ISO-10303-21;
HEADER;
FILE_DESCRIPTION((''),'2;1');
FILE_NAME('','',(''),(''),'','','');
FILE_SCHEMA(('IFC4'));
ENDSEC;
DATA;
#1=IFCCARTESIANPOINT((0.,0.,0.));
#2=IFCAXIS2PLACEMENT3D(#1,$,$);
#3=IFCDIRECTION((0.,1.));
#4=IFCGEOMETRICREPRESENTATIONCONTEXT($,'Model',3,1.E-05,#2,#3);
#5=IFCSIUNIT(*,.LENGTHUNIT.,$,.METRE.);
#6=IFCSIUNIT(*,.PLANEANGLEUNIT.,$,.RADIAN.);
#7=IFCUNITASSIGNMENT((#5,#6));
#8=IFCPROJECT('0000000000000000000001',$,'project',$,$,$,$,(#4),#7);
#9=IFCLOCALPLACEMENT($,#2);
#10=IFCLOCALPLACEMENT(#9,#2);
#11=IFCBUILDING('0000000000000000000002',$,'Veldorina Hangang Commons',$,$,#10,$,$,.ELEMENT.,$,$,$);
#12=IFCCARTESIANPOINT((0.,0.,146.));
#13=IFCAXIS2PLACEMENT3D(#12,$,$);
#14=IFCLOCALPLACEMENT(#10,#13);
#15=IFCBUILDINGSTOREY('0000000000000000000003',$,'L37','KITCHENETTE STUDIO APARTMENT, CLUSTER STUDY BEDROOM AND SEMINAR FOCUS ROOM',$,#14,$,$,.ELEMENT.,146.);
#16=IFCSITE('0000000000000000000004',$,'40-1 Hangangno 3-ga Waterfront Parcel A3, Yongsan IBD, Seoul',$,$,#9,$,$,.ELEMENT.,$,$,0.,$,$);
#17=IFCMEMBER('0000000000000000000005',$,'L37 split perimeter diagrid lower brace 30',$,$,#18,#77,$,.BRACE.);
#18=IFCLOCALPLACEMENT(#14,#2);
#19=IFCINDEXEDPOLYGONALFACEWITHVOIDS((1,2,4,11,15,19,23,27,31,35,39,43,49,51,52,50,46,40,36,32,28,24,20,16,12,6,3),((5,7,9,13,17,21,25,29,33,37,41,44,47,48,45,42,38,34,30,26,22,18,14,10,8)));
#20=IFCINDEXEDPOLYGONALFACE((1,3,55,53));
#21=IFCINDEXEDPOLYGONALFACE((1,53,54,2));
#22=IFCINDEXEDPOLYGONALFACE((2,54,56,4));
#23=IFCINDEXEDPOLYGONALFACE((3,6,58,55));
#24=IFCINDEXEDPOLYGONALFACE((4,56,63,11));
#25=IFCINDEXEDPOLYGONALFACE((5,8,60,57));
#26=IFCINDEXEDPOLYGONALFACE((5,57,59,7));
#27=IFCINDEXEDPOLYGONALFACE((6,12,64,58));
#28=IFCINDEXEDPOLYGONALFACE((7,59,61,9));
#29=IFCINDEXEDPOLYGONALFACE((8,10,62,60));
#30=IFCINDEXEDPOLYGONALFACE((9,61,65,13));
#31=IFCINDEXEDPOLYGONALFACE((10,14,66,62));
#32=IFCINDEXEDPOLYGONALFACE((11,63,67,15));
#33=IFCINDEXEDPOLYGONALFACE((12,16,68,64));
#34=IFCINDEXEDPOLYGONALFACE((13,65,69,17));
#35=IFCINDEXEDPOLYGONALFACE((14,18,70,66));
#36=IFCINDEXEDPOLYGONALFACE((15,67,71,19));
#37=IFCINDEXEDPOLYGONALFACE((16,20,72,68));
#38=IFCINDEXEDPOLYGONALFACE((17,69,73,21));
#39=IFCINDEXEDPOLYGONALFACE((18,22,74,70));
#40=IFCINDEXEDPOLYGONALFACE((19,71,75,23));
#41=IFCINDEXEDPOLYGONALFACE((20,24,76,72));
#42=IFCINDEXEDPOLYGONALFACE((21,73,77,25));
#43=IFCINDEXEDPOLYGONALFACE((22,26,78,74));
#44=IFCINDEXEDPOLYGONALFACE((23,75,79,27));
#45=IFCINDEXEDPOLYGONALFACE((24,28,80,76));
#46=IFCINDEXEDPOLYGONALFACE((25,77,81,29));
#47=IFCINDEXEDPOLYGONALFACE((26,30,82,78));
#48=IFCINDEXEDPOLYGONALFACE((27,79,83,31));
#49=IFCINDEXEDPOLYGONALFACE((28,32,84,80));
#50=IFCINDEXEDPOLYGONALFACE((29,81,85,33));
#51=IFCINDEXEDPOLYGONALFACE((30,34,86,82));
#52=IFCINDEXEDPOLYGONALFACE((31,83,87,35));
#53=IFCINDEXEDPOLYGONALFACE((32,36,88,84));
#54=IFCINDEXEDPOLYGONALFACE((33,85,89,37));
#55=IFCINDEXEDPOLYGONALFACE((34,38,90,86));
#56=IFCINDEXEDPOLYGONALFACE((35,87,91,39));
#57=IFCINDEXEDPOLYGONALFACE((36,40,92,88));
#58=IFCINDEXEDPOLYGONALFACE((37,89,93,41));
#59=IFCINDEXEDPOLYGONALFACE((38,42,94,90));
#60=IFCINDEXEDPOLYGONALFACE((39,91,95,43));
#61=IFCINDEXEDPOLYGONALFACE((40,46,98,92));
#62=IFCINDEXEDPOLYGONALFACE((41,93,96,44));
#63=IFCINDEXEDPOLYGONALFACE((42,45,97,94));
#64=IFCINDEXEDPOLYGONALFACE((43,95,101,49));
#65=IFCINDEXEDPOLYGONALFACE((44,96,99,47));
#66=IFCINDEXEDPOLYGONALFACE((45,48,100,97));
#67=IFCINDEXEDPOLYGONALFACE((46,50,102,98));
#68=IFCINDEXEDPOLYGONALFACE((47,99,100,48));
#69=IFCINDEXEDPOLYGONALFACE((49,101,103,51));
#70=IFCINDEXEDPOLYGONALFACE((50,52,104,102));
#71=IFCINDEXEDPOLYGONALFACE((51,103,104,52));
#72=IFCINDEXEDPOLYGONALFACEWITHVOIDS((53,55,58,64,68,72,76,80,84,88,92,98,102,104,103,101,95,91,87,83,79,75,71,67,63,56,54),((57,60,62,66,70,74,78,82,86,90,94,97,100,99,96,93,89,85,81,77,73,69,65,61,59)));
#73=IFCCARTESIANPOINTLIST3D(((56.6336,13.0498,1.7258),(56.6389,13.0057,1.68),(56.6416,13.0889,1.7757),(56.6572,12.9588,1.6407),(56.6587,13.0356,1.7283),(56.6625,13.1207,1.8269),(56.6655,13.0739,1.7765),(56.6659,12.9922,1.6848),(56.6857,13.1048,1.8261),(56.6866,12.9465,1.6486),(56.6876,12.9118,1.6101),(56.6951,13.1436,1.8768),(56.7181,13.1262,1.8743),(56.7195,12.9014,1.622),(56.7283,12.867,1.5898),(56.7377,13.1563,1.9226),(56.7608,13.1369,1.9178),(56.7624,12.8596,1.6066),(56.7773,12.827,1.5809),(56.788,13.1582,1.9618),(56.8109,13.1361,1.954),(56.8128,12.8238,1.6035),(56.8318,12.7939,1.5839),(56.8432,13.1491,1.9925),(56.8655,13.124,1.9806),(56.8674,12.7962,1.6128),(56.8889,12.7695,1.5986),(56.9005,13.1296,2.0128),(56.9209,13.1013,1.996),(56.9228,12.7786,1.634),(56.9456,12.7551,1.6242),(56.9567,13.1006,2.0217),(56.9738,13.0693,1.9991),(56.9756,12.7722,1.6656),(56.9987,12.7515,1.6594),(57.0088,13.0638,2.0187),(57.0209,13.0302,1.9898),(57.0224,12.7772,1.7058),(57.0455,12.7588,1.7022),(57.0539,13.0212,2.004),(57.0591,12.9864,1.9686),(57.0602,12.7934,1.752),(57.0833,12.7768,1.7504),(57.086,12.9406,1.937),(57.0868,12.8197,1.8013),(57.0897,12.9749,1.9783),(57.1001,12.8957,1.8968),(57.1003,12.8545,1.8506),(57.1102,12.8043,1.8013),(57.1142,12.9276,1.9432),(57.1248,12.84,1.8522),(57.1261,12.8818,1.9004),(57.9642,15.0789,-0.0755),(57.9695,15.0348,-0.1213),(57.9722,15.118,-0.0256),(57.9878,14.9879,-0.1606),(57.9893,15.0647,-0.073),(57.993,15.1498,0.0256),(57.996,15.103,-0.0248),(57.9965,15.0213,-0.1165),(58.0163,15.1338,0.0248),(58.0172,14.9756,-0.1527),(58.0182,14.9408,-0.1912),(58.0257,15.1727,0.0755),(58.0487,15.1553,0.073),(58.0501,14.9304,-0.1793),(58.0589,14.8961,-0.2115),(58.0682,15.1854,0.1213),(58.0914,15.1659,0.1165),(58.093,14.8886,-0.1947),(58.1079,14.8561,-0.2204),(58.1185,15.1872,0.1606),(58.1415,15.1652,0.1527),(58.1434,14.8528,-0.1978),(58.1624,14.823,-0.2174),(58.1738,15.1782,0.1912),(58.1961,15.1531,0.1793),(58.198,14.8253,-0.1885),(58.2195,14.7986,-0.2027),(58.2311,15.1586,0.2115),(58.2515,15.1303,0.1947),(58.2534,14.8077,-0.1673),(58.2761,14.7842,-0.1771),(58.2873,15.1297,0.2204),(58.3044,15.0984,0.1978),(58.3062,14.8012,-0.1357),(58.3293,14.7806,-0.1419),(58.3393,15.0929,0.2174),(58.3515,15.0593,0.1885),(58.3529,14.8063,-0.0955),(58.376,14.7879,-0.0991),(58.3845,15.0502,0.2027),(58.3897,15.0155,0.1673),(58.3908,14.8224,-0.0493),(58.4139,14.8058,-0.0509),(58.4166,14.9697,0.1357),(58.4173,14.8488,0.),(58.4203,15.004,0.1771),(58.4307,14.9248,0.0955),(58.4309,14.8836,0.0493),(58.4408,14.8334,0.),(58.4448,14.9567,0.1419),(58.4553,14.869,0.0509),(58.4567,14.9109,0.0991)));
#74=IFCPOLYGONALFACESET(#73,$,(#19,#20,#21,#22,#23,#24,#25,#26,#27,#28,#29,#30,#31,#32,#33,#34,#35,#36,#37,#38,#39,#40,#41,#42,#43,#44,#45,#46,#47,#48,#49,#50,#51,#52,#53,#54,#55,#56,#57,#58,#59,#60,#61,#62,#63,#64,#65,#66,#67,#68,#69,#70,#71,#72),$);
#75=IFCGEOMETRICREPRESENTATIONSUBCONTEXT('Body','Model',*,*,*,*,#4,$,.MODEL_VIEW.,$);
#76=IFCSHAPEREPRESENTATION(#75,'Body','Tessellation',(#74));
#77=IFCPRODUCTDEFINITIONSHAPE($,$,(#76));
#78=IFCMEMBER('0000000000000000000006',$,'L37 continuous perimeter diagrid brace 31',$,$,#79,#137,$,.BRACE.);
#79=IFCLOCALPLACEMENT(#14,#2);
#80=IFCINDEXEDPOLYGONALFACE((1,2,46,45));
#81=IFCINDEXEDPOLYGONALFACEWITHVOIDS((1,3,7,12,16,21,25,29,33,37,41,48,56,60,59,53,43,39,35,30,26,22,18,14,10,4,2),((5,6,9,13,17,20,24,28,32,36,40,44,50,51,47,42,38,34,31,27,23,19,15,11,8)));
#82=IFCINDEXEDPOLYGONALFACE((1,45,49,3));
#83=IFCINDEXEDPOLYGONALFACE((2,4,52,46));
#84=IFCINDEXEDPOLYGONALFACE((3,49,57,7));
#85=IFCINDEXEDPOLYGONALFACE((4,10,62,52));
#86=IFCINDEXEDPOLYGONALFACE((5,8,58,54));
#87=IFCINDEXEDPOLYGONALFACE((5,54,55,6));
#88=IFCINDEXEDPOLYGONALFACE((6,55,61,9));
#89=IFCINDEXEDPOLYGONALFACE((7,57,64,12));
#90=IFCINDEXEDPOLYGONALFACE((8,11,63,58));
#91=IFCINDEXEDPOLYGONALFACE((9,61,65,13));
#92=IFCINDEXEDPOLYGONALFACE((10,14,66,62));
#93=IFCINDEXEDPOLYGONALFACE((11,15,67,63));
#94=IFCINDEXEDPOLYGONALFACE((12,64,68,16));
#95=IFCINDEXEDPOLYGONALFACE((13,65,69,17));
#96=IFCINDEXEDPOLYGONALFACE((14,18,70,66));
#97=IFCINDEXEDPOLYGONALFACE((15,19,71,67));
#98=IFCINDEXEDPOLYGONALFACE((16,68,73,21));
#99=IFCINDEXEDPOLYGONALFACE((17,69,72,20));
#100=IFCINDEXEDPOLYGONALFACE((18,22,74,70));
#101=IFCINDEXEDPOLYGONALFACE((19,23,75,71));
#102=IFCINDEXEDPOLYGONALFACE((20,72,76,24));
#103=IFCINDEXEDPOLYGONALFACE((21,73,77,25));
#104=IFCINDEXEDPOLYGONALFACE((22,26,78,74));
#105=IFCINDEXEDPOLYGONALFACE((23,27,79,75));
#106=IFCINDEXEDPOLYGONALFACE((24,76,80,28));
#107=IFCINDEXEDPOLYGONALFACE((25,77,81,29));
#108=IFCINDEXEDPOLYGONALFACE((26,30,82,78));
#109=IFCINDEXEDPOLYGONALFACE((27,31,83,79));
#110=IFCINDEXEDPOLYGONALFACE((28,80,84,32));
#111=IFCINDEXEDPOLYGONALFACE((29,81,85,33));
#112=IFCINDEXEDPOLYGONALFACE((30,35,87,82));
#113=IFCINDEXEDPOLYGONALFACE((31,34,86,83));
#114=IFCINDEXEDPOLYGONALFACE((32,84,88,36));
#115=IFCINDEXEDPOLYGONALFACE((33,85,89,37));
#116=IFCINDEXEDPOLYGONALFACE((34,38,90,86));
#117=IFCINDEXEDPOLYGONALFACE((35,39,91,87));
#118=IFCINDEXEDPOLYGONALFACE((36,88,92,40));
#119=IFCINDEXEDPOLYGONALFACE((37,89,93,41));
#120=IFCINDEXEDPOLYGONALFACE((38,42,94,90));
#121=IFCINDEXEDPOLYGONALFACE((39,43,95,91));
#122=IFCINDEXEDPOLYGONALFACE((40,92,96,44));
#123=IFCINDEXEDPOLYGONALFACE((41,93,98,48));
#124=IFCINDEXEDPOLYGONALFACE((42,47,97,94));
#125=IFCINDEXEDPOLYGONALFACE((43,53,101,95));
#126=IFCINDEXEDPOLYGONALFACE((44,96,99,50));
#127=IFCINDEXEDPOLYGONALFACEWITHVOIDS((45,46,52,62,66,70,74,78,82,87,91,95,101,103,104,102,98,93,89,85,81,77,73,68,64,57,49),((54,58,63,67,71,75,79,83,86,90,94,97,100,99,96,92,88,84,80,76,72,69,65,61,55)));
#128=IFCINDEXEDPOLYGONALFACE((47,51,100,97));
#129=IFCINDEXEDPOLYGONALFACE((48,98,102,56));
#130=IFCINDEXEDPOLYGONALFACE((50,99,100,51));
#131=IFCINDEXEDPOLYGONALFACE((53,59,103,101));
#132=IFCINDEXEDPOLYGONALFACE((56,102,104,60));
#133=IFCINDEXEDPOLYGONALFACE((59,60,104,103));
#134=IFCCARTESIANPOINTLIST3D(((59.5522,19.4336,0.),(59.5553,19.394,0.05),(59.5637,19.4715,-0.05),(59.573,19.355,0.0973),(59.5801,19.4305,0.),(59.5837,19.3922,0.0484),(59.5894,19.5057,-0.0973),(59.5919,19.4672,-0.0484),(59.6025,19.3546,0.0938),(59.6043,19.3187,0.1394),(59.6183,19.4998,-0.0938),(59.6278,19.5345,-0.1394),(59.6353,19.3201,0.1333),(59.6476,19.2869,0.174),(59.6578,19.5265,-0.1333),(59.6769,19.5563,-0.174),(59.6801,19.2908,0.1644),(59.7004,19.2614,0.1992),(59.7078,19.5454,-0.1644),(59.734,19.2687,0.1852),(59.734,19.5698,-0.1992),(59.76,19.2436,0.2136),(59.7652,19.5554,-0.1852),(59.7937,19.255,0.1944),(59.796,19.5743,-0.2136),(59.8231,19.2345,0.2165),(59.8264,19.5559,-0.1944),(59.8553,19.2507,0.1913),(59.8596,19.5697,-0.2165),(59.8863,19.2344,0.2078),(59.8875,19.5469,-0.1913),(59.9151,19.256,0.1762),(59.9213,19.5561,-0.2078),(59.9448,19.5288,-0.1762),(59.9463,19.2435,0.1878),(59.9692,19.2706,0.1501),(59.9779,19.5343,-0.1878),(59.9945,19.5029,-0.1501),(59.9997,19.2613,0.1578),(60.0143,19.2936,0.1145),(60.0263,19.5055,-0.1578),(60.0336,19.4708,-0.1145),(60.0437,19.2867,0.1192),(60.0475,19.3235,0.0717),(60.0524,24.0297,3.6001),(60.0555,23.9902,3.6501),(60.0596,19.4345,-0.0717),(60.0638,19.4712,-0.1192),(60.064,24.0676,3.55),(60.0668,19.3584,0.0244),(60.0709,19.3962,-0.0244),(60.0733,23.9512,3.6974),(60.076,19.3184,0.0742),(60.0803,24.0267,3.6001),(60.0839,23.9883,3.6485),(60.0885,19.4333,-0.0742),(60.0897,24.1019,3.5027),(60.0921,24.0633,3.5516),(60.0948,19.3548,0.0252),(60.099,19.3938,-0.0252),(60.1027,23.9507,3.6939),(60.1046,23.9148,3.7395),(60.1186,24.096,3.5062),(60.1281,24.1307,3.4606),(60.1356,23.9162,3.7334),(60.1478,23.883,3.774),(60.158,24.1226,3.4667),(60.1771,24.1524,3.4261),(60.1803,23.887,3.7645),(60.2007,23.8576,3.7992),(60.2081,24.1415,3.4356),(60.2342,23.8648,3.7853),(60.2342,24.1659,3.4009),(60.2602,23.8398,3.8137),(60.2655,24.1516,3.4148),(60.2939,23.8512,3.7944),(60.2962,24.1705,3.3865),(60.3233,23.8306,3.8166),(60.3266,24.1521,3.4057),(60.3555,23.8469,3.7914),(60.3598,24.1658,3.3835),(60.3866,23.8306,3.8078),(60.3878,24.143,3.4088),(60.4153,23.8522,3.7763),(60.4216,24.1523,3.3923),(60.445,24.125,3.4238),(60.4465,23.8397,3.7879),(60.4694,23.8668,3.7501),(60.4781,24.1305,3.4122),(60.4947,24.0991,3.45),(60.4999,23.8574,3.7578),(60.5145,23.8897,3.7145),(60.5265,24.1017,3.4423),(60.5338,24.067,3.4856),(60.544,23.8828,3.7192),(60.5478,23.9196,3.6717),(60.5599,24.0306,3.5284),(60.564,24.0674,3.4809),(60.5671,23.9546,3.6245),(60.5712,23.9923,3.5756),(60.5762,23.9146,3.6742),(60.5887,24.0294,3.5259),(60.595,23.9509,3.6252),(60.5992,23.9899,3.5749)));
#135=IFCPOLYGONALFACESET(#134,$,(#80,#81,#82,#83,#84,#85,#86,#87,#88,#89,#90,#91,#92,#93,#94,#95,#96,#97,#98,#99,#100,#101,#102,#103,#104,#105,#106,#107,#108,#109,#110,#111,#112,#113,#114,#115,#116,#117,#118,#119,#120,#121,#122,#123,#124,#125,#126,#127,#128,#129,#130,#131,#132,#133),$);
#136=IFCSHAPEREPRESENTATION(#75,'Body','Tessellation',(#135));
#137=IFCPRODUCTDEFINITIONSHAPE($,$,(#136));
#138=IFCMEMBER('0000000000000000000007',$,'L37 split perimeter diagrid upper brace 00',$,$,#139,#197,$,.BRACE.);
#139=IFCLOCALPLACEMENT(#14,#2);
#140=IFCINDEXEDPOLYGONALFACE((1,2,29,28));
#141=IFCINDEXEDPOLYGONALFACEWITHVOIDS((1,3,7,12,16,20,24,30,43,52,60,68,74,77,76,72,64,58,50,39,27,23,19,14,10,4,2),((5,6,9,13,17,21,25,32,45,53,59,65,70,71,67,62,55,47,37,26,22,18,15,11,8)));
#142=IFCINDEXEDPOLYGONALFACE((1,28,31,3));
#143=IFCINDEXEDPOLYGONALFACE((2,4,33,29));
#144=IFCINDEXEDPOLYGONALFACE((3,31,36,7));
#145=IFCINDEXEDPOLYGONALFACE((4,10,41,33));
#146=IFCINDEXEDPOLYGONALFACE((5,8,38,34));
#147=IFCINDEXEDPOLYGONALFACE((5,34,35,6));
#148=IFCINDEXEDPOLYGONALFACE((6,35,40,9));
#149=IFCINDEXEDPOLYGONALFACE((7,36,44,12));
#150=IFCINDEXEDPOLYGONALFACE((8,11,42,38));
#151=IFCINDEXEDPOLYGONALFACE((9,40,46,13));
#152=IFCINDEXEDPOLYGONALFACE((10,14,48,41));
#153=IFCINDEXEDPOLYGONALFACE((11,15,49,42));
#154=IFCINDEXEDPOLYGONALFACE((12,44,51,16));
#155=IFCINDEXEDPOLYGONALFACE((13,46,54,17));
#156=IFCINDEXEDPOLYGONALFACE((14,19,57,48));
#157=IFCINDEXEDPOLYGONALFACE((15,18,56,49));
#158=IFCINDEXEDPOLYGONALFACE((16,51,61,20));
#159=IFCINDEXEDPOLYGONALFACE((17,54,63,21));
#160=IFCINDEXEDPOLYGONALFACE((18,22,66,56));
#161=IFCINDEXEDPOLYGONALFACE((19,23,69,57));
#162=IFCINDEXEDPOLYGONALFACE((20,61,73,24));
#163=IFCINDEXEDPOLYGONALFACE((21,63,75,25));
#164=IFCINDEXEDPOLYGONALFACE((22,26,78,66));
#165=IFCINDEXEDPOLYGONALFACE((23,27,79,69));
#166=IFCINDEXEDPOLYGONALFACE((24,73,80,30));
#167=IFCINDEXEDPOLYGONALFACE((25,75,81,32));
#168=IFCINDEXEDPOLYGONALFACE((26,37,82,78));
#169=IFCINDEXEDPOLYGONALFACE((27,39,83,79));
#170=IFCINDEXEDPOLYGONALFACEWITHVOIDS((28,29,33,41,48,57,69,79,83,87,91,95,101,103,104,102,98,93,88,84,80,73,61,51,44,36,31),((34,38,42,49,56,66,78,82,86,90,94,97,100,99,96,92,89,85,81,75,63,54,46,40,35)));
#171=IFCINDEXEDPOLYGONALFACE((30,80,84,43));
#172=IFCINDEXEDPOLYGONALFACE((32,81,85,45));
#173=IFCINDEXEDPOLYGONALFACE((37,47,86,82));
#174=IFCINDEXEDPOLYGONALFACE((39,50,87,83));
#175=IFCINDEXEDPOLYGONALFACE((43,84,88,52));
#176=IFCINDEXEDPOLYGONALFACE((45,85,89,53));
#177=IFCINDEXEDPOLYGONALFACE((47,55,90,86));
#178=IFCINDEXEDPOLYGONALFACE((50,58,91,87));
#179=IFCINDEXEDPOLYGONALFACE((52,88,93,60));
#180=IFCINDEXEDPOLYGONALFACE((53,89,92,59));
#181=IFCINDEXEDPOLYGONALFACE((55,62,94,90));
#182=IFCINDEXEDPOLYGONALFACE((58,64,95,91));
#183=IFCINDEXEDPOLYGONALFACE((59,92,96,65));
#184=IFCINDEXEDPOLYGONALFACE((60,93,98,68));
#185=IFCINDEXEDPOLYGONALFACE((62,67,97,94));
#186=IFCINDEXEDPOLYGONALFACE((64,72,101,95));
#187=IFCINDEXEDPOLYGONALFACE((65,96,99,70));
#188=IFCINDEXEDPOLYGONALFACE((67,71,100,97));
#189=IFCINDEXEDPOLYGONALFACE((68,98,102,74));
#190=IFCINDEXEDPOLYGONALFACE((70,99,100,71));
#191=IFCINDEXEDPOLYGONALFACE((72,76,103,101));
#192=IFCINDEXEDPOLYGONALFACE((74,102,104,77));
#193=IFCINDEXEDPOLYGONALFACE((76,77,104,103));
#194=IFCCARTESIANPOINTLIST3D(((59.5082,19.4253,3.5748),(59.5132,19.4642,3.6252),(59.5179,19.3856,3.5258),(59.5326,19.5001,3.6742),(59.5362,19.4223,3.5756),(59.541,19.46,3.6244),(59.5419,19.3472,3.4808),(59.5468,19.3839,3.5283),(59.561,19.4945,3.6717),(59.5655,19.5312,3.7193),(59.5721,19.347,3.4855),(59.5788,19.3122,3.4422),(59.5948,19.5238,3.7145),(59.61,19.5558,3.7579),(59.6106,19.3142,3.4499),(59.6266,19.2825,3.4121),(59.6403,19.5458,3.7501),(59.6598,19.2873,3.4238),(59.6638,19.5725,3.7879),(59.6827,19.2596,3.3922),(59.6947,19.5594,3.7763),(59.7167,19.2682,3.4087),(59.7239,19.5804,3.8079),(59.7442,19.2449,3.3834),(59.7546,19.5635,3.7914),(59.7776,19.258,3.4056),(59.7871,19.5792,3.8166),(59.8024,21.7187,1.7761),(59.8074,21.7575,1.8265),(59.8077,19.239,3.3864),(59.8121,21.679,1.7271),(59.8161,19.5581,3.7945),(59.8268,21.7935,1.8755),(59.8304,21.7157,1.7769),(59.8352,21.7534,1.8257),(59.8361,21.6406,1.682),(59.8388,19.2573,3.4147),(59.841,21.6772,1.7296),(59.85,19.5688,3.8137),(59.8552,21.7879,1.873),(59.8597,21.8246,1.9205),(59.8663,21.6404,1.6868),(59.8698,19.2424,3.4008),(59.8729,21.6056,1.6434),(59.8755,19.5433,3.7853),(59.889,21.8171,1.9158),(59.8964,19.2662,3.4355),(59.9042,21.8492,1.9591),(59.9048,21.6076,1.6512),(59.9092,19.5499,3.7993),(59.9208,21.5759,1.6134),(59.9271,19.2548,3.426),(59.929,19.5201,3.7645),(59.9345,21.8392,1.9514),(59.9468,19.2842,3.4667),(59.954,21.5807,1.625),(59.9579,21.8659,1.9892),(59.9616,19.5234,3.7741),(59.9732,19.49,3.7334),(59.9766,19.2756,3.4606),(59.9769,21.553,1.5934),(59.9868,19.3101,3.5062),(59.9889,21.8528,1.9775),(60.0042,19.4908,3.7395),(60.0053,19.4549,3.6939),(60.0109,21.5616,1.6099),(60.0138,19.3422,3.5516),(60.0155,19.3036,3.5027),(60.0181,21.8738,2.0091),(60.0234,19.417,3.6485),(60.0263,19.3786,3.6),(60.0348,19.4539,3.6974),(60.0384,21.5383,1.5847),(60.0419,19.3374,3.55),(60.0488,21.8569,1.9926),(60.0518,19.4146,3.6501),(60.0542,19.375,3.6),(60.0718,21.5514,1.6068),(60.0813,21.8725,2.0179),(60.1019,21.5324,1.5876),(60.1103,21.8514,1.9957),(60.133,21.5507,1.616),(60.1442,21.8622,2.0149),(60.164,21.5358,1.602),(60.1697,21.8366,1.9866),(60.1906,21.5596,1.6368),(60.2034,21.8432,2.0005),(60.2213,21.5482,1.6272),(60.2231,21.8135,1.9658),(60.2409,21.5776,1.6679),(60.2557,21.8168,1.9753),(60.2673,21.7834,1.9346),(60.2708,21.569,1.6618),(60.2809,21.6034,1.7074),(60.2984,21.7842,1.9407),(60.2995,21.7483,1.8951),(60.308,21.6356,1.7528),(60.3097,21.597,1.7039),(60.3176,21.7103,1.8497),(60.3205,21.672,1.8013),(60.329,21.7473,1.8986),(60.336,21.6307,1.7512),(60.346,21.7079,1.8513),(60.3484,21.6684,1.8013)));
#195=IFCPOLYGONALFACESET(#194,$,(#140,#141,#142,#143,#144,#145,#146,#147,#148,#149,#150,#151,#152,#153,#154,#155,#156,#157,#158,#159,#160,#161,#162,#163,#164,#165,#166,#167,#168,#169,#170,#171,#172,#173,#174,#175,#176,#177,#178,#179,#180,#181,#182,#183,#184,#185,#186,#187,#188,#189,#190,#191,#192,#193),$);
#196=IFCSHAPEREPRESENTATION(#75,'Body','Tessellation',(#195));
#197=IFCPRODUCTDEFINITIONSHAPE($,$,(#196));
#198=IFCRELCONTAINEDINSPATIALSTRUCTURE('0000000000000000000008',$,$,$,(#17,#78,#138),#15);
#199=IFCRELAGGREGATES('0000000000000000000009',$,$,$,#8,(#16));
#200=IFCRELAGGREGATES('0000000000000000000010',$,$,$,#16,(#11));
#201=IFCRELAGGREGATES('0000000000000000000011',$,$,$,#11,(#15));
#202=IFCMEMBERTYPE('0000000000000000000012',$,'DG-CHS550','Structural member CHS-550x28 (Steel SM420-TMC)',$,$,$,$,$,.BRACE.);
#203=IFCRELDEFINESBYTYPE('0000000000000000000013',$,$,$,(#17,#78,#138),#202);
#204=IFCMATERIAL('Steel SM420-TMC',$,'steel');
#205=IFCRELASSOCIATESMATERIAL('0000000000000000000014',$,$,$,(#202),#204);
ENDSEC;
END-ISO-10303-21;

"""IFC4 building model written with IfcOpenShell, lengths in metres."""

from ifc_helpers import new_model, si_unit, direction, frame, origin, origin_2d, place, context, subcontext, project, spatial, hollow_circle, extrude, material, material_profile, profile_set, type_object, element, save


model = new_model("IFC4")

# Units and contexts
model_context = context("Model", 3, precision=1e-05, world=origin(), true_north=direction((0.0, 1.0)))
body_context = subcontext(model_context, "Body", "Model", "MODEL_VIEW")
ifc_project = project(units=[si_unit("LENGTHUNIT", "METRE"), si_unit("PLANEANGLEUNIT", "RADIAN")], contexts=[model_context])

# Site, building, storey
site_placement = place(None, origin())
site = spatial("IfcSite", under=ifc_project, at=site_placement, Name="40-1 Hangangno 3-ga Waterfront Parcel A3, Yongsan IBD, Seoul", CompositionType="ELEMENT", RefElevation=0.0)
building_placement = place(site_placement, origin())
building = spatial("IfcBuilding", under=site, at=building_placement, Name="Veldorina Hangang Commons", CompositionType="ELEMENT")
storey_placement = place(building_placement, frame((0.0, 0.0, 146.0)))
storey = spatial("IfcBuildingStorey", under=building, at=storey_placement, Name="L37", Description="KITCHENETTE STUDIO APARTMENT, CLUSTER STUDY BEDROOM AND SEMINAR FOCUS ROOM", CompositionType="ELEMENT", Elevation=146.0)

# Shared definitions
ifc_material_1 = material(Name="Steel SM420-TMC", Category="steel")

# Members
ifc_material_profile_1 = material_profile(ifc_material_1, hollow_circle(Radius=0.2749, WallThickness=0.0281, at=origin_2d()), Name="CHS-550x28")
ifc_profile_set_1 = profile_set([ifc_material_profile_1], Name="Steel SM420-TMC")
member_type_1 = type_object("IfcMemberType", Name="DG-CHS550", Description="Structural member CHS-550x28 (Steel SM420-TMC)", PredefinedType="BRACE", material=ifc_profile_set_1)
member_1_placement = place(storey_placement, frame((58.2109, 14.9841, 0.0), z_axis=(-0.440304, -0.671444, 0.596067), x_axis=(0.836237, -0.548368, 0.0)))
element("IfcMember", 1, at=member_1_placement, inside=storey, type_object=member_type_1, Name="L37 split perimeter diagrid lower brace 30", PredefinedType="BRACE", context=body_context, shape_type="SweptSolid", body=[
    extrude(hollow_circle(Radius=0.2749, WallThickness=0.0281, at=origin_2d()), origin(), (0.0, 0.0, 1.0), 3.022),
])
member_2_placement = place(storey_placement, frame((59.8254, 19.4038, 0.0), z_axis=(0.08537, 0.784375, 0.614384), x_axis=(-0.994129, 0.1082, 0.0)))
element("IfcMember", 2, at=member_2_placement, inside=storey, type_object=member_type_1, Name="L37 continuous perimeter diagrid brace 31", PredefinedType="BRACE", context=body_context, shape_type="SweptSolid", body=[
    extrude(hollow_circle(Radius=0.2749, WallThickness=0.0281, at=origin_2d()), origin(), (0.0, 0.0, 1.0), 5.8596),
])
member_3_placement = place(storey_placement, frame((60.0757, 21.7034, 1.8013), z_axis=(-0.100421, -0.78287, 0.614028), x_axis=(0.991873, -0.127231, 0.0)))
element("IfcMember", 3, at=member_3_placement, inside=storey, type_object=member_type_1, Name="L37 split perimeter diagrid upper brace 00", PredefinedType="BRACE", context=body_context, shape_type="SweptSolid", body=[
    extrude(hollow_circle(Radius=0.2749, WallThickness=0.0281, at=origin_2d()), origin(), (0.0, 0.0, 1.0), 2.9294),
])

save(model, "model.ifc")
